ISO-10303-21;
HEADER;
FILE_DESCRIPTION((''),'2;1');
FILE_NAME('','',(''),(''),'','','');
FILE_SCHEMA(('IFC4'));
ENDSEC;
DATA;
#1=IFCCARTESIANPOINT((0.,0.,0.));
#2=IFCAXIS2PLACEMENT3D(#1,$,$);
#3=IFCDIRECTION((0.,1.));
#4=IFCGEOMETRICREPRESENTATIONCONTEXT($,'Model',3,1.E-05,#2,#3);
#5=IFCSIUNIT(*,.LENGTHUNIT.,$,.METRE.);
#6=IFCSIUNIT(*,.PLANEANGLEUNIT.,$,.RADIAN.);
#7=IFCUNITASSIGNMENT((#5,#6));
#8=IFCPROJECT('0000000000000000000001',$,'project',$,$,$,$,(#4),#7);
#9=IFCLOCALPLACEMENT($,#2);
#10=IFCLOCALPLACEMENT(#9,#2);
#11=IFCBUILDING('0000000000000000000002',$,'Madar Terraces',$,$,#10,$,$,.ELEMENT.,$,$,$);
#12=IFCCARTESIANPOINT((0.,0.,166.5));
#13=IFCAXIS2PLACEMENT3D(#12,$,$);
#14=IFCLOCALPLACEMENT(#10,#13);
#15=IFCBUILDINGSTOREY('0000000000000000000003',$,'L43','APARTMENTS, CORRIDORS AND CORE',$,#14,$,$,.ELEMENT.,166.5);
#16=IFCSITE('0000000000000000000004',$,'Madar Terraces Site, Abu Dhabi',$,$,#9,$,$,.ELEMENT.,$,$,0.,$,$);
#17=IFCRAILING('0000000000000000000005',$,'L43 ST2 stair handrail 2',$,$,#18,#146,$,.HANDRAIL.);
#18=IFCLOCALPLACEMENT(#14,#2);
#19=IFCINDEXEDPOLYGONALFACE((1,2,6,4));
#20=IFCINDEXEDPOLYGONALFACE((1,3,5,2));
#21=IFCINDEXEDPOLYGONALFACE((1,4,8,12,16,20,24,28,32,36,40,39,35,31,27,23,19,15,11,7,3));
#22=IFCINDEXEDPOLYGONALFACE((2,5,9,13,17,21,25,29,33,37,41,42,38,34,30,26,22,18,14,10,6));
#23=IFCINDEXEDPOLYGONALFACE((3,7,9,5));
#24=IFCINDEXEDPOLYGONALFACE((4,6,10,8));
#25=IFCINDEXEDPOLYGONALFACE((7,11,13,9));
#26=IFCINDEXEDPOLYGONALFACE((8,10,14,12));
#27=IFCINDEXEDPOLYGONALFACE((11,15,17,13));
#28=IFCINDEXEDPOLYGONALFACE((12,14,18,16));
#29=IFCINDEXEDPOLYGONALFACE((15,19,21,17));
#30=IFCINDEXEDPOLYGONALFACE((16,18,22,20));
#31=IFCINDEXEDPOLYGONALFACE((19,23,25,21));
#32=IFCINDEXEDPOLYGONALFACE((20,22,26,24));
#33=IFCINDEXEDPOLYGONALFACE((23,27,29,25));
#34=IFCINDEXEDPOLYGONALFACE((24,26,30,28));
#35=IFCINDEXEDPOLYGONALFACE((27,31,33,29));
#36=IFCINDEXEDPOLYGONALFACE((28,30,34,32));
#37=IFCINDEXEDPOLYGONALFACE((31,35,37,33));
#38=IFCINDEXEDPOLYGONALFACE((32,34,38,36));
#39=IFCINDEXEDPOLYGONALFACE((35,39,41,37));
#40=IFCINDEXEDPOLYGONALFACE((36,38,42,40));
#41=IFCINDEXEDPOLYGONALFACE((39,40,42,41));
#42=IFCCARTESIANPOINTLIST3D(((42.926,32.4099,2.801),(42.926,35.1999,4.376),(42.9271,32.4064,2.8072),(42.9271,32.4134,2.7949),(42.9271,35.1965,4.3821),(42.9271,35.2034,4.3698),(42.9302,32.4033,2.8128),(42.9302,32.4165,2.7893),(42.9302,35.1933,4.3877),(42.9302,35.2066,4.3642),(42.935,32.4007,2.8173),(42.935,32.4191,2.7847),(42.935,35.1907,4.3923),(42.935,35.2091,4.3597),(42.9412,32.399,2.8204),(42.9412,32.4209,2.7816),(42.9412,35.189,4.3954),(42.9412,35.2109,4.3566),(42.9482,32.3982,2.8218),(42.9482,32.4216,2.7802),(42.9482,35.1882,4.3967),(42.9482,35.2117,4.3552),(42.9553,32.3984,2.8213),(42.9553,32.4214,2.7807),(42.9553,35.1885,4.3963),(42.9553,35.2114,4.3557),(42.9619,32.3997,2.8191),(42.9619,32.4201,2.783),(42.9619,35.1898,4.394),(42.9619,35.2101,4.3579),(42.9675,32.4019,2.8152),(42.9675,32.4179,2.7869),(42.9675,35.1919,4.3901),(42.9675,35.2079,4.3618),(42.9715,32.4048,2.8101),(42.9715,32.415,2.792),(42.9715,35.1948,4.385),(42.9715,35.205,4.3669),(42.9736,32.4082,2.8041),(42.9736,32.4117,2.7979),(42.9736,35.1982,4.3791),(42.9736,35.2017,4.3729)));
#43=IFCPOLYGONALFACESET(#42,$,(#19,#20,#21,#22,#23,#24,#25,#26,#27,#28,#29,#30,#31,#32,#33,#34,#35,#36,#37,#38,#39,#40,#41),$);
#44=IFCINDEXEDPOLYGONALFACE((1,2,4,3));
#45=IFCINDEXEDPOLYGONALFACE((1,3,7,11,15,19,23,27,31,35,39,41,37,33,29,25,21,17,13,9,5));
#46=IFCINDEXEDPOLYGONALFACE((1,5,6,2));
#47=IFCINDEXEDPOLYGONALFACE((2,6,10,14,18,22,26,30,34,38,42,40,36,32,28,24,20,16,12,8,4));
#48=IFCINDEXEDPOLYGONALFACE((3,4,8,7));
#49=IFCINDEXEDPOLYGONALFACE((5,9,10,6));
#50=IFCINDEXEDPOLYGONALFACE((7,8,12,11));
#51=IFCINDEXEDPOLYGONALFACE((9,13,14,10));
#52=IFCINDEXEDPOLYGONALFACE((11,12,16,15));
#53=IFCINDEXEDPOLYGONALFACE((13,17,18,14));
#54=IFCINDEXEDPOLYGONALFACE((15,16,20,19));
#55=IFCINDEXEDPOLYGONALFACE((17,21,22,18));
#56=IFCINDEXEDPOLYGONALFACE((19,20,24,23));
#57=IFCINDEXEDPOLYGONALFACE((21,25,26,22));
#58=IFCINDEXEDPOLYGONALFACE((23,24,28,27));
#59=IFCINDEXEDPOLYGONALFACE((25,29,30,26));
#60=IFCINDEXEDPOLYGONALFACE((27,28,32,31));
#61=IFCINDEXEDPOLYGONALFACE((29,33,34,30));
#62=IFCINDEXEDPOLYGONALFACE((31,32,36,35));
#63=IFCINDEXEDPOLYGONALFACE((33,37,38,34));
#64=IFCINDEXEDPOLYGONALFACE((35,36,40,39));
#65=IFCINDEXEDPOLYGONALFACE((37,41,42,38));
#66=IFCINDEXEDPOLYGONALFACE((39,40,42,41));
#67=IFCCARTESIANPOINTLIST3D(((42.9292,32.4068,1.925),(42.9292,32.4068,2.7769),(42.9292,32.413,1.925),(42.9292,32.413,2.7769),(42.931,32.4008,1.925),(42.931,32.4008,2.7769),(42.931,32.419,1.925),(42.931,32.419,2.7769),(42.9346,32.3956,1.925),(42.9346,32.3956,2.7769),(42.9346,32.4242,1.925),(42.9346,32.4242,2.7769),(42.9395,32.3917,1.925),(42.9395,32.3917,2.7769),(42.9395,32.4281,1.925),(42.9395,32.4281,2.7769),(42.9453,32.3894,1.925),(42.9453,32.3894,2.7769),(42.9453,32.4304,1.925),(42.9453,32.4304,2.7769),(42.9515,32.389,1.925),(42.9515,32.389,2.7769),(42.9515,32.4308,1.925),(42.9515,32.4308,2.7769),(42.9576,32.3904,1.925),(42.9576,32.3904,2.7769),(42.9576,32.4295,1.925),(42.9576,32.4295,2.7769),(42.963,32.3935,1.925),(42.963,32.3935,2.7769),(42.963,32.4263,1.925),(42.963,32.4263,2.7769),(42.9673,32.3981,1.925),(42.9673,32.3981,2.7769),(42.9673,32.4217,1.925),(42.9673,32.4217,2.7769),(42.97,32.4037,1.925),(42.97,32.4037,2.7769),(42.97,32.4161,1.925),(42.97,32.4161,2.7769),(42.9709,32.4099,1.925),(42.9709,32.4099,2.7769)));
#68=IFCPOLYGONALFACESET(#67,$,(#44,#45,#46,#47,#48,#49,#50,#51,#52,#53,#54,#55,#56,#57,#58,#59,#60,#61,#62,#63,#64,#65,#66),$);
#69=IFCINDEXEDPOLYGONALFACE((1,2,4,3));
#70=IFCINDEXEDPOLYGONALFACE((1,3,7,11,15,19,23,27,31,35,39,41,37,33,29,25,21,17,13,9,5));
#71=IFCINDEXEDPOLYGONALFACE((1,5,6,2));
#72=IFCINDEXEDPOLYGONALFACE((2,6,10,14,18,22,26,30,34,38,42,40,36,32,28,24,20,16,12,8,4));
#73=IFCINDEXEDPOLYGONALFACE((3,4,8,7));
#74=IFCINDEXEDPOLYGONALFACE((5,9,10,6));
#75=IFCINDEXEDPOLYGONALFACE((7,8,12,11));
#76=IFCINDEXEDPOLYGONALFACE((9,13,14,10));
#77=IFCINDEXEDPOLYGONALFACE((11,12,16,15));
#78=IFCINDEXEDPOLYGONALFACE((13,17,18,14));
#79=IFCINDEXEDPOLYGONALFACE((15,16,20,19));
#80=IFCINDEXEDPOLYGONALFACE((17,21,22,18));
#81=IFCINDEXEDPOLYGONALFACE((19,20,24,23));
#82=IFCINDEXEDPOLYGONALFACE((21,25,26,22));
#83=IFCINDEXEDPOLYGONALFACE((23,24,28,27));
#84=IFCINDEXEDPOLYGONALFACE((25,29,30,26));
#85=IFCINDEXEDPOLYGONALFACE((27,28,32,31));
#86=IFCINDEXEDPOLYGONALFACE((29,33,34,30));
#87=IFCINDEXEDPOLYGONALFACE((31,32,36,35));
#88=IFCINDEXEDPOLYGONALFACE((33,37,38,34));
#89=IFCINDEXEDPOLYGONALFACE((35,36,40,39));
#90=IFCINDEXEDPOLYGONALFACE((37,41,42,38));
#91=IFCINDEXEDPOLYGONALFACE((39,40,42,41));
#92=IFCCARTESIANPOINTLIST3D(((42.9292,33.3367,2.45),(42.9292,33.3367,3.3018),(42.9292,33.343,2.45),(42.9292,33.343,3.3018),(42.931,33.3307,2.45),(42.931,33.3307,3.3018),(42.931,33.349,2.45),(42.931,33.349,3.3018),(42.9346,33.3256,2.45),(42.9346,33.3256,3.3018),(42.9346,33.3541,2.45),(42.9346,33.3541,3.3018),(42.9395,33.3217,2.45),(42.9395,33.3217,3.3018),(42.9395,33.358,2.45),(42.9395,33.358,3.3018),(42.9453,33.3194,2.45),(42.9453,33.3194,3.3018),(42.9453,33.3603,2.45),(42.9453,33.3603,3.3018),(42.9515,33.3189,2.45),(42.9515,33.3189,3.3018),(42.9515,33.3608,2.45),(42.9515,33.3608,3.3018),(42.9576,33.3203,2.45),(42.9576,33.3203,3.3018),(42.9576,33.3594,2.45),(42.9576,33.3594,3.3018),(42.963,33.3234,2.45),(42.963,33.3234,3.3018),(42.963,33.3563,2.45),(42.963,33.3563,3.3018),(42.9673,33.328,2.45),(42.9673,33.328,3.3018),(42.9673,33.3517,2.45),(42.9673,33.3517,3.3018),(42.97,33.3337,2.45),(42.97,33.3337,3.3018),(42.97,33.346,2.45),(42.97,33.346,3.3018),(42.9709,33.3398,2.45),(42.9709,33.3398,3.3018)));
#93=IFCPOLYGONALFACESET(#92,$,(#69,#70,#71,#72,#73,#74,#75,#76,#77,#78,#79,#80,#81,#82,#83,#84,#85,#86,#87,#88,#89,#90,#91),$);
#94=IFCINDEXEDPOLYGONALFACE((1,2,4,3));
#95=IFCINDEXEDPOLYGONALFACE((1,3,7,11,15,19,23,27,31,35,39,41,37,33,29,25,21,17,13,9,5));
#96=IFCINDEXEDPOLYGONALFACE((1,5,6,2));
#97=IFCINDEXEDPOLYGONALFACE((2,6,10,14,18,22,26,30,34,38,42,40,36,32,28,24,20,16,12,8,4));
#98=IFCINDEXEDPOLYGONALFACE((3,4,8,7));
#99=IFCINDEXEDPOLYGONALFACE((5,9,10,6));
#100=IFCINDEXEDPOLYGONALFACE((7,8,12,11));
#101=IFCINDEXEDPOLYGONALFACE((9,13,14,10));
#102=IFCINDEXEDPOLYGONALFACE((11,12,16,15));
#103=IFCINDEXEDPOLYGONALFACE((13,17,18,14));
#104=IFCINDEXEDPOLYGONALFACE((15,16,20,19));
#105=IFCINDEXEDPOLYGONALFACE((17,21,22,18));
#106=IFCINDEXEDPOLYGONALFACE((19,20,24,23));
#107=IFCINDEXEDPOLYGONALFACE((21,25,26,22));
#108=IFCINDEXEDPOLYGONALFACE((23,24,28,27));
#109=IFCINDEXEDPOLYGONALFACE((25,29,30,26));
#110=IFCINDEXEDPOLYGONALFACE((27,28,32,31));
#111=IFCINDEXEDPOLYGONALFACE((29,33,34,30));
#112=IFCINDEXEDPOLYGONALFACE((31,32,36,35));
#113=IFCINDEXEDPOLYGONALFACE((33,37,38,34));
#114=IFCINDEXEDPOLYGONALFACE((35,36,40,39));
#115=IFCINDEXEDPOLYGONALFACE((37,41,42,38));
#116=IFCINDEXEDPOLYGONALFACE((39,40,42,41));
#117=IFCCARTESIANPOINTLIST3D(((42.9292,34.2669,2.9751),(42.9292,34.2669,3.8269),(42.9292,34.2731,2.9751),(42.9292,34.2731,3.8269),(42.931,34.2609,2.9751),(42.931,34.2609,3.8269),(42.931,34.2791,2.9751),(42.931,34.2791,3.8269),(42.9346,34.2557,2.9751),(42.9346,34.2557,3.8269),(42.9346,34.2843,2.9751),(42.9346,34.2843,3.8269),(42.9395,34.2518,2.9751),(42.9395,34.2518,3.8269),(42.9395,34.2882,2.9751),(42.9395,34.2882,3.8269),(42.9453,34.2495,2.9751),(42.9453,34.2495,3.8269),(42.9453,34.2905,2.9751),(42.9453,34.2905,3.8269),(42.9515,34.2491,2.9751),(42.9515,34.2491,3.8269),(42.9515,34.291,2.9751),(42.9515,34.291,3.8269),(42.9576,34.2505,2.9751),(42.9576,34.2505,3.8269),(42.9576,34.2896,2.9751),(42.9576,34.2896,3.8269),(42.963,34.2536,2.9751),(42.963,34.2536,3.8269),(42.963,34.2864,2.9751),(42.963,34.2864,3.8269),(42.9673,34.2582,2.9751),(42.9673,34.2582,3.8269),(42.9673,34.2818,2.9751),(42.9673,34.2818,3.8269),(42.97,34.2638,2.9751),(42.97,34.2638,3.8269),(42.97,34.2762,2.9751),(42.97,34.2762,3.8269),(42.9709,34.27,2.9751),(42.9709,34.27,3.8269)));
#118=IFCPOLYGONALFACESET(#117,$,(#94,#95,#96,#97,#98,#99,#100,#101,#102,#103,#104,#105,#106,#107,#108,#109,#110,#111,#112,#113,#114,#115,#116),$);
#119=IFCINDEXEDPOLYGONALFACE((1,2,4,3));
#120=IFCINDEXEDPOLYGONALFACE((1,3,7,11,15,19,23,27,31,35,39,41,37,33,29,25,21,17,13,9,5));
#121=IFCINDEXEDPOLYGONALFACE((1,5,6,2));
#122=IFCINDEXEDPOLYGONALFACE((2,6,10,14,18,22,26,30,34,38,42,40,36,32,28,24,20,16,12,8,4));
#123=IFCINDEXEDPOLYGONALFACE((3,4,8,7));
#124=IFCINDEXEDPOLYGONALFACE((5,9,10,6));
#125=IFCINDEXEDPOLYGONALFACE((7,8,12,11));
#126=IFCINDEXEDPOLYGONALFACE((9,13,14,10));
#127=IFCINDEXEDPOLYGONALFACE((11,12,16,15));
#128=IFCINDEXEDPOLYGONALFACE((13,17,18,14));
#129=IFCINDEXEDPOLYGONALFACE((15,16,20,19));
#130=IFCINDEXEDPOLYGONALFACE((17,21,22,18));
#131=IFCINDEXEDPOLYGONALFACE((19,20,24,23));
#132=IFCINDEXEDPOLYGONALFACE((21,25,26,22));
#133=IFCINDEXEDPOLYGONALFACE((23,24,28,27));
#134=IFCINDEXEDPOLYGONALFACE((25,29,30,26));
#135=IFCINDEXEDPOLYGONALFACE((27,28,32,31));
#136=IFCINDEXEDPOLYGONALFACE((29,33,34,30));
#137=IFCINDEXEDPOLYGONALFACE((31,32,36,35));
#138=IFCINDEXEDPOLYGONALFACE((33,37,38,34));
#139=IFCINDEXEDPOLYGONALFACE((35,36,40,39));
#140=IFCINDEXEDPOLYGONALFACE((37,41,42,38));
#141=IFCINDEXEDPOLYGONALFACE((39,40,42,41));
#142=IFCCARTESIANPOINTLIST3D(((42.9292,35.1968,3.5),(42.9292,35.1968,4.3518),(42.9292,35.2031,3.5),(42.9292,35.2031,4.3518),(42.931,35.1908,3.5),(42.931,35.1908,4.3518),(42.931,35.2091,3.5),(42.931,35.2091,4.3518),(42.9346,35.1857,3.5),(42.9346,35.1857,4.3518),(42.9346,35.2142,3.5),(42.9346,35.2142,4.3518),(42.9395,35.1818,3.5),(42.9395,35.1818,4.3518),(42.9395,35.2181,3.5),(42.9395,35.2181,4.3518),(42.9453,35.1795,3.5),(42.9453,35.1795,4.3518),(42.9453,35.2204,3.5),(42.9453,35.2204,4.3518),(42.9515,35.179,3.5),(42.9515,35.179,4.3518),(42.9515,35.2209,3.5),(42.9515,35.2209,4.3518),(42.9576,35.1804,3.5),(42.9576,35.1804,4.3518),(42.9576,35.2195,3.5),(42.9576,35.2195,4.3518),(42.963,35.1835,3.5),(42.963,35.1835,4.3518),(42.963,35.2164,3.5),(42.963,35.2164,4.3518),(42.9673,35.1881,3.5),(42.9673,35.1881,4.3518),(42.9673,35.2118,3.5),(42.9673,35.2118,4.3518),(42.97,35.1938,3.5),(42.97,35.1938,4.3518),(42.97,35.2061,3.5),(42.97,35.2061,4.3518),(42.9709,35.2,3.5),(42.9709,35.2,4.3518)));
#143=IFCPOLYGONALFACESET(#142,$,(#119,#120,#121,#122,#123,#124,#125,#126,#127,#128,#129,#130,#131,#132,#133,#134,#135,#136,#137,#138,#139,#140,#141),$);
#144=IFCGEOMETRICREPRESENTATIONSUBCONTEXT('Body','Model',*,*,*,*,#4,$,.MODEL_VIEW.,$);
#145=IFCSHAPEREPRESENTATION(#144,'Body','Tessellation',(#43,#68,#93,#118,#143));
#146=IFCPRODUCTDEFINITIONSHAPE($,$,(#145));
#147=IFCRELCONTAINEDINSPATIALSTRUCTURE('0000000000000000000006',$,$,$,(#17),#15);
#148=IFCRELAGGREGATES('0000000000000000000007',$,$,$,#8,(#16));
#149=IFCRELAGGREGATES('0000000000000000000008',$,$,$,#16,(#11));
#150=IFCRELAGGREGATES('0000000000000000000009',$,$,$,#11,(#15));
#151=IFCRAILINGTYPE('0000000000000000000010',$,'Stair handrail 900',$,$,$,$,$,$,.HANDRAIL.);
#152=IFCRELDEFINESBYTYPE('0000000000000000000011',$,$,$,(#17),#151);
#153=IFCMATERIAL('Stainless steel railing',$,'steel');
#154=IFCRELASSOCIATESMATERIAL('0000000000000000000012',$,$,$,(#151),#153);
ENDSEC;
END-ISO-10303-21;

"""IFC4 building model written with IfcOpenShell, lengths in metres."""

from ifc_helpers import new_model, si_unit, direction, frame, origin, origin_2d, place, context, subcontext, project, spatial, circle, extrude, material, type_object, element, save


model = new_model("IFC4")

# Units and contexts
model_context = context("Model", 3, precision=1e-05, world=origin(), true_north=direction((0.0, 1.0)))
body_context = subcontext(model_context, "Body", "Model", "MODEL_VIEW")
ifc_project = project(units=[si_unit("LENGTHUNIT", "METRE"), si_unit("PLANEANGLEUNIT", "RADIAN")], contexts=[model_context])

# Site, building, storey
site_placement = place(None, origin())
site = spatial("IfcSite", under=ifc_project, at=site_placement, Name="Madar Terraces Site, Abu Dhabi", CompositionType="ELEMENT", RefElevation=0.0)
building_placement = place(site_placement, origin())
building = spatial("IfcBuilding", under=site, at=building_placement, Name="Madar Terraces", CompositionType="ELEMENT")
storey_placement = place(building_placement, frame((0.0, 0.0, 166.5)))
storey = spatial("IfcBuildingStorey", under=building, at=storey_placement, Name="L43", Description="APARTMENTS, CORRIDORS AND CORE", CompositionType="ELEMENT", Elevation=166.5)

# Railing
ifc_material_1 = material(Name="Stainless steel railing", Category="steel")
railing_type_1 = type_object("IfcRailingType", Name="Stair handrail 900", PredefinedType="HANDRAIL", material=ifc_material_1)
railing_1_placement = place(storey_placement, frame((42.95, 32.4099, 1.925)))
element("IfcRailing", 1, at=railing_1_placement, inside=storey, type_object=railing_type_1, Name="L43 ST2 stair handrail 2", PredefinedType="HANDRAIL", context=body_context, shape_type="SweptSolid", body=[
    extrude(circle(Radius=0.0239, at=origin_2d()), frame((0.0, 0.0, 0.876), z_axis=(0.0, 0.870834, 0.491578), x_axis=(-1.0, 0.0, 0.0)), (0.0, 0.0, 1.0), 3.2039),
    extrude(circle(Radius=0.021, at=origin_2d()), origin(), (0.0, 0.0, 1.0), 0.8518),
    extrude(circle(Radius=0.021, at=origin_2d()), frame((0.0, 0.9299, 0.5249)), (0.0, 0.0, 1.0), 0.8518),
    extrude(circle(Radius=0.021, at=origin_2d()), frame((0.0, 1.8601, 1.05)), (0.0, 0.0, 1.0), 0.8518),
    extrude(circle(Radius=0.021, at=origin_2d()), frame((0.0, 2.79, 1.575)), (0.0, 0.0, 1.0), 0.8518),
])

save(model, "model.ifc")
